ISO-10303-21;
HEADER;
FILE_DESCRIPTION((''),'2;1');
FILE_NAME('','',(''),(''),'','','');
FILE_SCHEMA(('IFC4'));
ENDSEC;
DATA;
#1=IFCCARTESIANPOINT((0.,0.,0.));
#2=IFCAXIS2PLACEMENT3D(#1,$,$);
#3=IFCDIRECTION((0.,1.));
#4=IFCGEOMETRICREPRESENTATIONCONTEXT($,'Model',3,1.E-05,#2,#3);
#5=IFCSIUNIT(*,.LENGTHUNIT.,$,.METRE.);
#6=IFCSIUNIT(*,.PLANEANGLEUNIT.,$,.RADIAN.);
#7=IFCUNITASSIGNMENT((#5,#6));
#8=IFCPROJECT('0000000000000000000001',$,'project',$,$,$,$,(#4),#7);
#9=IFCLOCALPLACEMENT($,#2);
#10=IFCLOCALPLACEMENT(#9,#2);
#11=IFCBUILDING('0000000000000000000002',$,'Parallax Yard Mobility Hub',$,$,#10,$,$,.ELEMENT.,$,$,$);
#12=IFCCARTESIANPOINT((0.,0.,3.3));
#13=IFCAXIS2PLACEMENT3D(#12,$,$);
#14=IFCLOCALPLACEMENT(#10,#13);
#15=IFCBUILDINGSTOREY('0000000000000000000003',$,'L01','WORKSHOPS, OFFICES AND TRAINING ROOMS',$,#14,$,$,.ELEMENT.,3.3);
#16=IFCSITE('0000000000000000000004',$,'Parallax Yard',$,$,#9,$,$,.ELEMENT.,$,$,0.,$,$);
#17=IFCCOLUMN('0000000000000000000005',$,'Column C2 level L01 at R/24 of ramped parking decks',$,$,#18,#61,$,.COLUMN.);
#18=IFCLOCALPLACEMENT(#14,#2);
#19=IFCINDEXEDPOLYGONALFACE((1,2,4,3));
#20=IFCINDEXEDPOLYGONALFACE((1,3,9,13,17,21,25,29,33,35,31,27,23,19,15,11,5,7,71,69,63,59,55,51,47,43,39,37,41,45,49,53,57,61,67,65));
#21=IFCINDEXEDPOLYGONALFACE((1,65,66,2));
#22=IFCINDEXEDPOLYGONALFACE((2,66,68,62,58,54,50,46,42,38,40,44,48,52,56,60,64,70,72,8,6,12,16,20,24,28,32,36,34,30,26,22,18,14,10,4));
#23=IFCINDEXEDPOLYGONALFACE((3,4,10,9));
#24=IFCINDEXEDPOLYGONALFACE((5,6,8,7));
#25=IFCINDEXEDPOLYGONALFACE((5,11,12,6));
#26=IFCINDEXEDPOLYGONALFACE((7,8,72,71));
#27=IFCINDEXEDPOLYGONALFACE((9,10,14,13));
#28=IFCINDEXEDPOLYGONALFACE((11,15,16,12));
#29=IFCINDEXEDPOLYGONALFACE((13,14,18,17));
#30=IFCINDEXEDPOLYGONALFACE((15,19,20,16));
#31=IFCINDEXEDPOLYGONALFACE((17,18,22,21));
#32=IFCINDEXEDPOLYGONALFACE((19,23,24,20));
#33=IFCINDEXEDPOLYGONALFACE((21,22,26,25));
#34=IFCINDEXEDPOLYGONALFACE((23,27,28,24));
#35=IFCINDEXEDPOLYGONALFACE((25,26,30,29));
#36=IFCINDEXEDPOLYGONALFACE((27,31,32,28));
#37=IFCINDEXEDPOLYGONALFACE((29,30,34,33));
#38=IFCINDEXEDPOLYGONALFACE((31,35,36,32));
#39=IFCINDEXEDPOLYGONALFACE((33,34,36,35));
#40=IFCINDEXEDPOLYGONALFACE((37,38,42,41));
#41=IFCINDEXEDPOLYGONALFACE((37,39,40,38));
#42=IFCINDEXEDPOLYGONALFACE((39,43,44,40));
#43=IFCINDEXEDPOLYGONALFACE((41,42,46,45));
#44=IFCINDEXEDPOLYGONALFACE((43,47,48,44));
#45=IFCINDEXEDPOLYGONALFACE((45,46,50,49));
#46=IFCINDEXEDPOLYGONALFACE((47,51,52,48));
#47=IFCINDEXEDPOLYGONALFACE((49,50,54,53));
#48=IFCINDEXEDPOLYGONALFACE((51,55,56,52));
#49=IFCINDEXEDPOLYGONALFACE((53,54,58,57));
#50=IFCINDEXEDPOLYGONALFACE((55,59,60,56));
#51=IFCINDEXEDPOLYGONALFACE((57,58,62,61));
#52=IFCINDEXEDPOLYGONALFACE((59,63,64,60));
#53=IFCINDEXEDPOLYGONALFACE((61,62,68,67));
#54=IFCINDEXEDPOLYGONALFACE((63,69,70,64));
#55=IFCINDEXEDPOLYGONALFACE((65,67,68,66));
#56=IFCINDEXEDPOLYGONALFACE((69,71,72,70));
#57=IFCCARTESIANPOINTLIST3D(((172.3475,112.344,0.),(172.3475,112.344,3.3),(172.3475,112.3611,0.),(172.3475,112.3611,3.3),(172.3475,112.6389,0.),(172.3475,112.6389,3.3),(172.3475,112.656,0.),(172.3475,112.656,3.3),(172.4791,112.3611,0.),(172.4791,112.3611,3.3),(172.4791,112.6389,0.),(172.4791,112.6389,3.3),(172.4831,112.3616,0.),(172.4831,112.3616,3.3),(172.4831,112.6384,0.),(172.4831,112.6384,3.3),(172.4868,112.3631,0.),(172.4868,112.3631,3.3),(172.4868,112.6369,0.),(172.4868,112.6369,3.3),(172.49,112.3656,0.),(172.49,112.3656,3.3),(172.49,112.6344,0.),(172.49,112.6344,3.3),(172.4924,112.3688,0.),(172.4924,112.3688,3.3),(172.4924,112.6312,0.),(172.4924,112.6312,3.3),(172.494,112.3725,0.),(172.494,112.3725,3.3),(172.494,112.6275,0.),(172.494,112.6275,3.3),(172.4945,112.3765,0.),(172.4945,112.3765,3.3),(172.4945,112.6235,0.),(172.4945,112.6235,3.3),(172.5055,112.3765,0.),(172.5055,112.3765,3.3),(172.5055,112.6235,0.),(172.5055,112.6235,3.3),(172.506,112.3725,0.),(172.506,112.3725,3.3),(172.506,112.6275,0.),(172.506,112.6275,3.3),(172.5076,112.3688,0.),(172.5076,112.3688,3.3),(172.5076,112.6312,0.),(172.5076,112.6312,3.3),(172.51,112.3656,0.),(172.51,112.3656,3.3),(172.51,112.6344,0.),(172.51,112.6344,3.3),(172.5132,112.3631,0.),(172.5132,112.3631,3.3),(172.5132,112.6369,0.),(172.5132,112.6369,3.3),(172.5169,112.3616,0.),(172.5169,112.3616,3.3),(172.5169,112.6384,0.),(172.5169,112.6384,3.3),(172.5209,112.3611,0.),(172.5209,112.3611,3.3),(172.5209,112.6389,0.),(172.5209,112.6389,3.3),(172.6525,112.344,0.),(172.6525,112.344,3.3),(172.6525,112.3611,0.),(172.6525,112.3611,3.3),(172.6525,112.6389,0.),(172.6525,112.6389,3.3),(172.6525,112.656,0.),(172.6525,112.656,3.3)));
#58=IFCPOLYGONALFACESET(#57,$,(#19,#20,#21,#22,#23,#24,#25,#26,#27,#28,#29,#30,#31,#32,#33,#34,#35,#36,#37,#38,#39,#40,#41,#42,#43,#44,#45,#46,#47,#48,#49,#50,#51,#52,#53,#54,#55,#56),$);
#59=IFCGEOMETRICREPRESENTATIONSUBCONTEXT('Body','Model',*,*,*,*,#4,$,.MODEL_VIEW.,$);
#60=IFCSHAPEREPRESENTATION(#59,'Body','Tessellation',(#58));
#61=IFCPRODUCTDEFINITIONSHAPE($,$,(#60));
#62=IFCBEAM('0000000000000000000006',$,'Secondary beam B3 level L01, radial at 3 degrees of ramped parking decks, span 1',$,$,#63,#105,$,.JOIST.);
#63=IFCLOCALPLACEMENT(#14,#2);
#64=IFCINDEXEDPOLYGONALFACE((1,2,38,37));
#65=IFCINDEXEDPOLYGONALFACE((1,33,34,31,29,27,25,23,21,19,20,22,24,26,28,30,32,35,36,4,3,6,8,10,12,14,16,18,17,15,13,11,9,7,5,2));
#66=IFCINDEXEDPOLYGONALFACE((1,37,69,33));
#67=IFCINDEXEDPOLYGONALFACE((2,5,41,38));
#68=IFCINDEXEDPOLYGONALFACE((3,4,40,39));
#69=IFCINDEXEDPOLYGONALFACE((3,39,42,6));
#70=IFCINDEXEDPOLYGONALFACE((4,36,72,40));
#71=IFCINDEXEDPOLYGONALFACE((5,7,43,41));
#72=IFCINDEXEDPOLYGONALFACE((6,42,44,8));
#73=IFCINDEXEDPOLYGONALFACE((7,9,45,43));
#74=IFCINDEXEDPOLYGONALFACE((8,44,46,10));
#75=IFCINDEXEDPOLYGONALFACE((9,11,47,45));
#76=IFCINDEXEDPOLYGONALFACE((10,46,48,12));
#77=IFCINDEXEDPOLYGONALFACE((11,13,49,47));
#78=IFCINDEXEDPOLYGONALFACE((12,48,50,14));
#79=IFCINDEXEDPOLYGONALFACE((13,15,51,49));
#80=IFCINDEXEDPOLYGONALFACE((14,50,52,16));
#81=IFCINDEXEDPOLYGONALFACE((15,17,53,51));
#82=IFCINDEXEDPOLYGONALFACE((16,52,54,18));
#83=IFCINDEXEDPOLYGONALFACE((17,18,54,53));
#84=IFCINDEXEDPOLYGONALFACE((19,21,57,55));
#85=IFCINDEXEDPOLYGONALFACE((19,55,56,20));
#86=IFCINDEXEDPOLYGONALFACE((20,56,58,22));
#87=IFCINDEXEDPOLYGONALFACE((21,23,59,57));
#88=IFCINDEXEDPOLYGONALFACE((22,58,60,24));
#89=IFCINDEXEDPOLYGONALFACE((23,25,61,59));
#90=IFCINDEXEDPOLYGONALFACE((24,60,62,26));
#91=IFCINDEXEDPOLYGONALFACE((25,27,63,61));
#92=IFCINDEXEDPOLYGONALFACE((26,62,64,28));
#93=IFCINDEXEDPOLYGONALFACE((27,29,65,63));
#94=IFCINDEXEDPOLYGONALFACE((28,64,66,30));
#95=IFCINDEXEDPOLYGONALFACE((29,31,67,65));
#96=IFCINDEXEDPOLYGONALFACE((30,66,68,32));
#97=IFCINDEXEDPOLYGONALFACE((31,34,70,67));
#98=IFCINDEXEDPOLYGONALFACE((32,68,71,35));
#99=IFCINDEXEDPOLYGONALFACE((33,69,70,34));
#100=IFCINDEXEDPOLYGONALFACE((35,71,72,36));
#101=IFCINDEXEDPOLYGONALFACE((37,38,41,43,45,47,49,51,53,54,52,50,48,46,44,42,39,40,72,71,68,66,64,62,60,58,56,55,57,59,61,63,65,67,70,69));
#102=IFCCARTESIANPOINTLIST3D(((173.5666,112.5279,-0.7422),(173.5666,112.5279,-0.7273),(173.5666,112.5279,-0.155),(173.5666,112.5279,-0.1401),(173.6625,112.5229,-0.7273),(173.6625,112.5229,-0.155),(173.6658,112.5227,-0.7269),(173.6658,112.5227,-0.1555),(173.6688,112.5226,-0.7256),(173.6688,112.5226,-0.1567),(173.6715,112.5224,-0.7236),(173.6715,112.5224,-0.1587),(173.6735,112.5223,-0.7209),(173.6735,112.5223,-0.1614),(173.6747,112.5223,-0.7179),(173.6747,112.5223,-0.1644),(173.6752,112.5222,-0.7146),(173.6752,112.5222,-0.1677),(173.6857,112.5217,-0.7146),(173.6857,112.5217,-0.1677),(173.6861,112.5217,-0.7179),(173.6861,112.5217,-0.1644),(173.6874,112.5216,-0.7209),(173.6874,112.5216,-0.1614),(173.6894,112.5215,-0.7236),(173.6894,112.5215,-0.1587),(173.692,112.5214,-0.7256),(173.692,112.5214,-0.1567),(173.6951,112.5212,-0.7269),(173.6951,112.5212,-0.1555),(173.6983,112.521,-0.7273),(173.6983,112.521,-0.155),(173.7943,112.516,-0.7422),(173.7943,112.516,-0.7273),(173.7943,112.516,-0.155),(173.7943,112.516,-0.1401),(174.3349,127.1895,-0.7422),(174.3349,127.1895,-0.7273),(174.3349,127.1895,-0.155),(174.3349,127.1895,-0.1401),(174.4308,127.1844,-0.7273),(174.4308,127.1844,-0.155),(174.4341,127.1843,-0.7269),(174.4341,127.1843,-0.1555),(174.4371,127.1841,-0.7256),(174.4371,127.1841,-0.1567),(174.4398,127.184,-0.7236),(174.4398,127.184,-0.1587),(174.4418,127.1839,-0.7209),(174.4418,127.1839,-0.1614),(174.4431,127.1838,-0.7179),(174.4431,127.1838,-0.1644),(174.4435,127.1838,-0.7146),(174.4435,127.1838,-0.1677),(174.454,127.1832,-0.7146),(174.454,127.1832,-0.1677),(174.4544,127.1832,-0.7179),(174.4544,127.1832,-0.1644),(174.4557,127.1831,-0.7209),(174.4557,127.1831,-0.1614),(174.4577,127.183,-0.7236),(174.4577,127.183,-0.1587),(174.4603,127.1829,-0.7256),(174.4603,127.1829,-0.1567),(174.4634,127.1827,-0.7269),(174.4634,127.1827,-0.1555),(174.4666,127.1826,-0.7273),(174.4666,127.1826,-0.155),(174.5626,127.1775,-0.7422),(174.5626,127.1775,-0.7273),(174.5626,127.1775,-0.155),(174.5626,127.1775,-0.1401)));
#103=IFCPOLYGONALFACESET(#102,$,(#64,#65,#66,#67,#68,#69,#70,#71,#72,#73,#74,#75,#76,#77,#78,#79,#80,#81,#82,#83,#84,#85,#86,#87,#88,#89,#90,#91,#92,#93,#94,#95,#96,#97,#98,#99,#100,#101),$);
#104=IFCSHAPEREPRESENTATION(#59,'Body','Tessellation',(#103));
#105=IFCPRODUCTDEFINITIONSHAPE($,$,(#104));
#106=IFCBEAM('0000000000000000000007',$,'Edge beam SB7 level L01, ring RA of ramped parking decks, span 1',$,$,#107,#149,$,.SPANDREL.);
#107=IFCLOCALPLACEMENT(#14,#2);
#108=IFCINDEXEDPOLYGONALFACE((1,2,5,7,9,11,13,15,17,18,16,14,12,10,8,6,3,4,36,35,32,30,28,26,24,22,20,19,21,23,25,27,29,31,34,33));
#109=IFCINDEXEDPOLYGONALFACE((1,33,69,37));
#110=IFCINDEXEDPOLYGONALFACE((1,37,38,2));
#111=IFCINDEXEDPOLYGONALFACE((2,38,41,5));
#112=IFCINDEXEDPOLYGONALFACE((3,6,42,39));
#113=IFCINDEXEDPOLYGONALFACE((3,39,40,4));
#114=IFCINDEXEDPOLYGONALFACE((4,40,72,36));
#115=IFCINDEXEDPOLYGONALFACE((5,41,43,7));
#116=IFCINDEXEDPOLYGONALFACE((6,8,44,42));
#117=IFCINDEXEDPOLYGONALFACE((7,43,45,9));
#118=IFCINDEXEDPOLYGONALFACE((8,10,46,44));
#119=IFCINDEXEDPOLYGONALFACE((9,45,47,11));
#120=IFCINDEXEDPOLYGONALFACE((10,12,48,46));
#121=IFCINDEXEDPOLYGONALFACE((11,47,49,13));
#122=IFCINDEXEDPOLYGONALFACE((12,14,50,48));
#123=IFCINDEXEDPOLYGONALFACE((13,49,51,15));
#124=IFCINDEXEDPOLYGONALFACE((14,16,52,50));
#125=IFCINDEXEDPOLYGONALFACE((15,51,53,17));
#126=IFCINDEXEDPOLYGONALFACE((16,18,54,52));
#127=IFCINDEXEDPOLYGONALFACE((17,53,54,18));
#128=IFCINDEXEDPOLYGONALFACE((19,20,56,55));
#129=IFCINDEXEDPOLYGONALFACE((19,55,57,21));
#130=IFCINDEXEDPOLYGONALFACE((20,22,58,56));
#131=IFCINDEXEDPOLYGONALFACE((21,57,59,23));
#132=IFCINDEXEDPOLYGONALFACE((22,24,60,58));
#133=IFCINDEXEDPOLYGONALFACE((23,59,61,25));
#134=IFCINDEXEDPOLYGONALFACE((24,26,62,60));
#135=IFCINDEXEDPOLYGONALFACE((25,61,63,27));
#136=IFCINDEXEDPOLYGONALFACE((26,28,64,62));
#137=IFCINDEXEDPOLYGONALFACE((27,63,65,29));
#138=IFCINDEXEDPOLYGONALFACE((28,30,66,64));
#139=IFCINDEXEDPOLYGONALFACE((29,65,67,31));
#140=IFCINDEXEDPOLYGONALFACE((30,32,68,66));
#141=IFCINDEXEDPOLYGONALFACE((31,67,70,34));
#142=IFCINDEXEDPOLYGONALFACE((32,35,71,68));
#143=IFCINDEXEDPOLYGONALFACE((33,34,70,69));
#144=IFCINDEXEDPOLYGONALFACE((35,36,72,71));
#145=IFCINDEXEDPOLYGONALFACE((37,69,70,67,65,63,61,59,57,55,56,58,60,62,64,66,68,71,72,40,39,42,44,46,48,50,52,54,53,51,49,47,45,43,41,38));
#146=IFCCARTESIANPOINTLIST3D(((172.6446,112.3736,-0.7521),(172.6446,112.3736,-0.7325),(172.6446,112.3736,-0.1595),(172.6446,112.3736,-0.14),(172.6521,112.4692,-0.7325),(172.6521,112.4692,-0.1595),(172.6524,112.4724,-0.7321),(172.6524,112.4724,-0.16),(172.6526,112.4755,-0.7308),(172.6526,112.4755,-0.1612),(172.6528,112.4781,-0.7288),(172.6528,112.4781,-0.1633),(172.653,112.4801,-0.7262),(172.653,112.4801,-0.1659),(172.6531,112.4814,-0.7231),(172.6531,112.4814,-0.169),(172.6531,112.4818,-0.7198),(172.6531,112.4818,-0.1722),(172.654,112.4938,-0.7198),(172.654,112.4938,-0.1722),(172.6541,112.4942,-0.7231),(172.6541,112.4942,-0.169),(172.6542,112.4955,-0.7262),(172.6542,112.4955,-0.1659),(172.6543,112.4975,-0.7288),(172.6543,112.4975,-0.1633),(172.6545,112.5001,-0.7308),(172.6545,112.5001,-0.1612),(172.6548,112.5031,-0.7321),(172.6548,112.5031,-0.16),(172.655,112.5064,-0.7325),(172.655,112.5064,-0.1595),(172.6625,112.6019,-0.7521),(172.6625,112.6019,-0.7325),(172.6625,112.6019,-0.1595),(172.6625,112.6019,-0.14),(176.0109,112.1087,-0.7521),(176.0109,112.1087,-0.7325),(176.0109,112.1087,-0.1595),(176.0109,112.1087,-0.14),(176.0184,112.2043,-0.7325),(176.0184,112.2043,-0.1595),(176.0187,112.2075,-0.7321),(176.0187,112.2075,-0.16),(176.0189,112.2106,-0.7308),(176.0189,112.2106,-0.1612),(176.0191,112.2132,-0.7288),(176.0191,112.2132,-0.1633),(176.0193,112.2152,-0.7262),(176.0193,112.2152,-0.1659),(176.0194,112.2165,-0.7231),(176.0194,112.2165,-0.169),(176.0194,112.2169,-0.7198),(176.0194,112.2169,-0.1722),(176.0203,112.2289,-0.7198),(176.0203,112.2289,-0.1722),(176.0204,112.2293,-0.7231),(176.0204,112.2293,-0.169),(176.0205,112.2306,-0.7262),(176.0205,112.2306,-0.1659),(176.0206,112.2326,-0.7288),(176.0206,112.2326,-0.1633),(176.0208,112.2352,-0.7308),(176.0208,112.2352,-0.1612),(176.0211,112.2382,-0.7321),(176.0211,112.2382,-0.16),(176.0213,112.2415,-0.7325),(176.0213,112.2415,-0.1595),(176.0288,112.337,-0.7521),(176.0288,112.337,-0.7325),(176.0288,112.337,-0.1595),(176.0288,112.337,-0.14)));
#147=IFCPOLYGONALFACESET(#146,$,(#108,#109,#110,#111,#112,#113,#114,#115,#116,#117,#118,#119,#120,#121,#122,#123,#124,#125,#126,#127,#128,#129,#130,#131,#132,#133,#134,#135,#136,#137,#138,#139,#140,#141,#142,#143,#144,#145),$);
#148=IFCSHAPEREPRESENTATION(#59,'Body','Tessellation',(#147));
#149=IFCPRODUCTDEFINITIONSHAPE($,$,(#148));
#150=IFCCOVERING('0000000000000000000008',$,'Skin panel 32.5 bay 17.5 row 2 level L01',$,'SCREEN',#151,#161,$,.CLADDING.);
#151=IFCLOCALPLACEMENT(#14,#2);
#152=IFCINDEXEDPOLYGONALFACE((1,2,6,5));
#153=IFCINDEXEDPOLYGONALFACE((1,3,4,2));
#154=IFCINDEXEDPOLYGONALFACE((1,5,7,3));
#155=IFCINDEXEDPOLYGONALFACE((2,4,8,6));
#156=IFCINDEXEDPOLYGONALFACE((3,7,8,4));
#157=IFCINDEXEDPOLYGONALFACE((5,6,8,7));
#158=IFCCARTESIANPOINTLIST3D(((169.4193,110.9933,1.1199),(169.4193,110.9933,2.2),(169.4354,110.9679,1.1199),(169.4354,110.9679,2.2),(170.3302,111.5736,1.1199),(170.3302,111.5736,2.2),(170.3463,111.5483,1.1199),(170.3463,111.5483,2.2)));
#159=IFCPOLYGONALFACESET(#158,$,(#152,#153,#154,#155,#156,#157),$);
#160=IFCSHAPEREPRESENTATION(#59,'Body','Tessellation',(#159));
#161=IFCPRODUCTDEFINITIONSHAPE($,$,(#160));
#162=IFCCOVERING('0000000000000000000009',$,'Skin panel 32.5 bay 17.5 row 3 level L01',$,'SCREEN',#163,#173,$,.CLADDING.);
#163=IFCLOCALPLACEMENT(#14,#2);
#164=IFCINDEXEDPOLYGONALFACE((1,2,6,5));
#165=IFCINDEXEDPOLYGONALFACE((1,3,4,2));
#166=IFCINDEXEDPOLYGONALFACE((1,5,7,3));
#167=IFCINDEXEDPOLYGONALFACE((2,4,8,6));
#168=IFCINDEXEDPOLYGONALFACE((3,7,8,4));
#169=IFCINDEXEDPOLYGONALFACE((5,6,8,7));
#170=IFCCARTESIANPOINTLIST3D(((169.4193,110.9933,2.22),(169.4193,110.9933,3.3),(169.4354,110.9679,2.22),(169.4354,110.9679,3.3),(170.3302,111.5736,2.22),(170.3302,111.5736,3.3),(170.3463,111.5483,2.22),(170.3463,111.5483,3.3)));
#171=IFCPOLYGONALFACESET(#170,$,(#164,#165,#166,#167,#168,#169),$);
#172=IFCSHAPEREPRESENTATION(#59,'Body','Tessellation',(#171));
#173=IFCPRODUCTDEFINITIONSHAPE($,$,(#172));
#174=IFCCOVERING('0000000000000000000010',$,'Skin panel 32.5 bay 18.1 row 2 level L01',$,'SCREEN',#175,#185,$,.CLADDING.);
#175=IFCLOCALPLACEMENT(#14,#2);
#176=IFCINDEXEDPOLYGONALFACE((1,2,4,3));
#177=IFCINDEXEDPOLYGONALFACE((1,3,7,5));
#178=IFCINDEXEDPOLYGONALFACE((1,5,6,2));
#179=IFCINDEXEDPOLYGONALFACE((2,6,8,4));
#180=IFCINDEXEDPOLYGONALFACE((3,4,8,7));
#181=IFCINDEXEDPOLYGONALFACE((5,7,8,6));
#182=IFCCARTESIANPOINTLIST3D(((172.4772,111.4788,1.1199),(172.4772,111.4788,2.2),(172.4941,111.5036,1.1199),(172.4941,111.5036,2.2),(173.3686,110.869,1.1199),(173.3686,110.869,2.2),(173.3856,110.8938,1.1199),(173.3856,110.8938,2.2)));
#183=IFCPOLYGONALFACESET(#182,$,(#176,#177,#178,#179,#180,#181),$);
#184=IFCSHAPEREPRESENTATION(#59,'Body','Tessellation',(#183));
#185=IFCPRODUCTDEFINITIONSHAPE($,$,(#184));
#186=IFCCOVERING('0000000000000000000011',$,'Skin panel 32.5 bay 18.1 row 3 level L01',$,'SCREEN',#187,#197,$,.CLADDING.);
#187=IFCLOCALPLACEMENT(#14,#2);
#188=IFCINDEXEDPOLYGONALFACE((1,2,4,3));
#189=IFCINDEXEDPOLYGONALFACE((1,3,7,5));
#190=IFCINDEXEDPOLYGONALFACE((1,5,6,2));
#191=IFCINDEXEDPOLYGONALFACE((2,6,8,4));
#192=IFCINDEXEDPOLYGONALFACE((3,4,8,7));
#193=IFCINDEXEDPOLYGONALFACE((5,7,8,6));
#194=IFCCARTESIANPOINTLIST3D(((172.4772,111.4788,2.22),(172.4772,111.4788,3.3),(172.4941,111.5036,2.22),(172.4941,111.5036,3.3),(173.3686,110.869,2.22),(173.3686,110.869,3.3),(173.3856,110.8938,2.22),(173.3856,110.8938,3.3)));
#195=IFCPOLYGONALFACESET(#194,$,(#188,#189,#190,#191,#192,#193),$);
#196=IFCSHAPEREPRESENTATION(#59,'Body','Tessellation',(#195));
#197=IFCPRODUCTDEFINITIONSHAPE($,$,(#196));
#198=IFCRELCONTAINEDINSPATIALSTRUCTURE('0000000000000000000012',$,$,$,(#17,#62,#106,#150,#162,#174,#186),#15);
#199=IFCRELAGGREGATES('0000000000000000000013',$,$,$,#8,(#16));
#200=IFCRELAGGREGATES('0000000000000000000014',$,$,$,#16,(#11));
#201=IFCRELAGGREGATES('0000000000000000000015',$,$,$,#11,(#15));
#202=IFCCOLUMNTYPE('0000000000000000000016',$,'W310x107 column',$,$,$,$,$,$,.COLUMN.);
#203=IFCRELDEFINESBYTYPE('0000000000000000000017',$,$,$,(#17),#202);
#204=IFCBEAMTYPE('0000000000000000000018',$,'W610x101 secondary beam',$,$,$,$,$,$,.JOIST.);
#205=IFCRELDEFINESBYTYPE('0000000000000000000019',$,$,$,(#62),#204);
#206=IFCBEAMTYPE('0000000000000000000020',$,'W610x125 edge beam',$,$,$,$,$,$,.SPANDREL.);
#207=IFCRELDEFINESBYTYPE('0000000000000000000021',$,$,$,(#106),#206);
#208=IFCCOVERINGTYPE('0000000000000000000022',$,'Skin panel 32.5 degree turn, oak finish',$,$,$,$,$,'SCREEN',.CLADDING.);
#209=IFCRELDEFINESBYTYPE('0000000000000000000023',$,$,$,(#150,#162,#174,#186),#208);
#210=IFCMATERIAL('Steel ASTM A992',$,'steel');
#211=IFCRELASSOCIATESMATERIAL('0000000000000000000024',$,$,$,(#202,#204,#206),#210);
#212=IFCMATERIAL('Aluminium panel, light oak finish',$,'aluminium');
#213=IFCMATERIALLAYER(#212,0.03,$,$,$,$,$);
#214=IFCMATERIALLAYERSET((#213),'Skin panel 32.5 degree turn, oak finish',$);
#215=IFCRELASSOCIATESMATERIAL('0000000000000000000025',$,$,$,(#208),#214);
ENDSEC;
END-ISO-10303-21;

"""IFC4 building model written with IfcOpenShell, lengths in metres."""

from ifc_helpers import new_model, si_unit, direction, frame, origin, origin_2d, place, context, subcontext, project, spatial, rectangle, i_section, extrude, material, layer, layer_set, material_profile, profile_set, type_object, element, save


model = new_model("IFC4")

# Units and contexts
model_context = context("Model", 3, precision=1e-05, world=origin(), true_north=direction((0.0, 1.0)))
body_context = subcontext(model_context, "Body", "Model", "MODEL_VIEW")
ifc_project = project(units=[si_unit("LENGTHUNIT", "METRE"), si_unit("PLANEANGLEUNIT", "RADIAN")], contexts=[model_context])

# Site, building, storey
site_placement = place(None, origin())
site = spatial("IfcSite", under=ifc_project, at=site_placement, Name="Parallax Yard", CompositionType="ELEMENT", RefElevation=0.0)
building_placement = place(site_placement, origin())
building = spatial("IfcBuilding", under=site, at=building_placement, Name="Parallax Yard Mobility Hub", CompositionType="ELEMENT")
storey_placement = place(building_placement, frame((0.0, 0.0, 3.3)))
storey = spatial("IfcBuildingStorey", under=building, at=storey_placement, Name="L01", Description="WORKSHOPS, OFFICES AND TRAINING ROOMS", CompositionType="ELEMENT", Elevation=3.3)

# Column
ifc_material_1 = material(Name="Steel ASTM A992", Category="steel")
ifc_material_profile_1 = material_profile(ifc_material_1, i_section(OverallWidth=0.3049, OverallDepth=0.312, WebThickness=0.011, FlangeThickness=0.0171, FilletRadius=0.0154, at=origin_2d()), Name="W310x107")
ifc_profile_set_1 = profile_set([ifc_material_profile_1], Name="Steel ASTM A992")
column_type = type_object("IfcColumnType", Name="W310x107 column", PredefinedType="COLUMN", material=ifc_profile_set_1)
column_placement = place(storey_placement, frame((172.5, 112.5, 0.0), z_axis=(0.0, 0.0, 1.0), x_axis=(1.0, 0.0, 0.0)))
element("IfcColumn", 1, at=column_placement, inside=storey, type_object=column_type, Name="Column C2 level L01 at R/24 of ramped parking decks", PredefinedType="COLUMN", context=body_context, shape_type="SweptSolid", body=[
    extrude(i_section(OverallWidth=0.3049, OverallDepth=0.312, WebThickness=0.011, FlangeThickness=0.0171, FilletRadius=0.0154, at=origin_2d()), origin(), (0.0, 0.0, 1.0), 3.3),
])

# Beams
ifc_material_profile_2 = material_profile(ifc_material_1, i_section(OverallWidth=0.228, OverallDepth=0.6021, WebThickness=0.0105, FlangeThickness=0.0149, FilletRadius=0.0127, at=origin_2d()), Name="W610x101")
ifc_profile_set_2 = profile_set([ifc_material_profile_2], Name="Steel ASTM A992")
beam_type_1 = type_object("IfcBeamType", Name="W610x101 secondary beam", PredefinedType="JOIST", material=ifc_profile_set_2)
beam_1_placement = place(storey_placement, frame((173.6804, 112.522, -0.4412), z_axis=(0.052331, 0.99863, 0.0), x_axis=(-0.99863, 0.052331, 0.0)))
element("IfcBeam", 2, at=beam_1_placement, inside=storey, type_object=beam_type_1, Name="Secondary beam B3 level L01, radial at 3 degrees of ramped parking decks, span 1", PredefinedType="JOIST", context=body_context, shape_type="SweptSolid", body=[
    extrude(i_section(OverallWidth=0.228, OverallDepth=0.6021, WebThickness=0.0105, FlangeThickness=0.0149, FilletRadius=0.0127, at=origin_2d()), origin(), (0.0, 0.0, 1.0), 14.6816),
])
ifc_material_profile_3 = material_profile(ifc_material_1, i_section(OverallWidth=0.229, OverallDepth=0.6121, WebThickness=0.012, FlangeThickness=0.0195, FilletRadius=0.0127, at=origin_2d()), Name="W610x125")
ifc_profile_set_3 = profile_set([ifc_material_profile_3], Name="Steel ASTM A992")
beam_type_2 = type_object("IfcBeamType", Name="W610x125 edge beam", PredefinedType="SPANDREL", material=ifc_profile_set_3)
beam_2_placement = place(storey_placement, frame((172.6536, 112.4878, -0.446), z_axis=(0.996918, -0.078449, 0.0), x_axis=(0.078449, 0.996918, 0.0)))
element("IfcBeam", 3, at=beam_2_placement, inside=storey, type_object=beam_type_2, Name="Edge beam SB7 level L01, ring RA of ramped parking decks, span 1", PredefinedType="SPANDREL", context=body_context, shape_type="SweptSolid", body=[
    extrude(i_section(OverallWidth=0.229, OverallDepth=0.6121, WebThickness=0.012, FlangeThickness=0.0195, FilletRadius=0.0127, at=origin_2d()), origin(), (0.0, 0.0, 1.0), 3.3767),
])

# Coverings
ifc_material_2 = material(Name="Aluminium panel, light oak finish", Category="aluminium")
ifc_layer_1 = layer(ifc_material_2, 0.03)
ifc_layer_set_1 = layer_set([ifc_layer_1], Name="Skin panel 32.5 degree turn, oak finish")
covering_type_1 = type_object("IfcCoveringType", Name="Skin panel 32.5 degree turn, oak finish", ElementType="SCREEN", PredefinedType="CLADDING", material=ifc_layer_set_1)
for number, where, z_axis, x_axis, name in (
    (4, (169.8828, 111.2708, 1.1199), (0.0, 0.0, 1.0), (-0.843391, -0.5373, 0.0), "Skin panel 32.5 bay 17.5 row 2 level L01"),
    (5, (169.8828, 111.2708, 2.22), (0.0, 0.0, 1.0), (-0.843391, -0.5373, 0.0), "Skin panel 32.5 bay 17.5 row 3 level L01"),
    (6, (172.9314, 111.1863, 1.1199), (0.0, 0.0, 1.0), (0.82536, -0.564607, 0.0), "Skin panel 32.5 bay 18.1 row 2 level L01"),
    (7, (172.9314, 111.1863, 2.22), (0.0, 0.0, 1.0), (0.82536, -0.564607, 0.0), "Skin panel 32.5 bay 18.1 row 3 level L01"),
):
    element("IfcCovering", number, at=place(storey_placement, frame(where, z_axis=z_axis, x_axis=x_axis)), inside=storey, type_object=covering_type_1, Name=name, ObjectType="SCREEN", PredefinedType="CLADDING", context=body_context, shape_type="SweptSolid", body=[
        extrude(rectangle(XDim=1.0801, YDim=0.03, at=origin_2d()), origin(), (0.0, 0.0, 1.0), 1.0801),
    ])

save(model, "model.ifc")
